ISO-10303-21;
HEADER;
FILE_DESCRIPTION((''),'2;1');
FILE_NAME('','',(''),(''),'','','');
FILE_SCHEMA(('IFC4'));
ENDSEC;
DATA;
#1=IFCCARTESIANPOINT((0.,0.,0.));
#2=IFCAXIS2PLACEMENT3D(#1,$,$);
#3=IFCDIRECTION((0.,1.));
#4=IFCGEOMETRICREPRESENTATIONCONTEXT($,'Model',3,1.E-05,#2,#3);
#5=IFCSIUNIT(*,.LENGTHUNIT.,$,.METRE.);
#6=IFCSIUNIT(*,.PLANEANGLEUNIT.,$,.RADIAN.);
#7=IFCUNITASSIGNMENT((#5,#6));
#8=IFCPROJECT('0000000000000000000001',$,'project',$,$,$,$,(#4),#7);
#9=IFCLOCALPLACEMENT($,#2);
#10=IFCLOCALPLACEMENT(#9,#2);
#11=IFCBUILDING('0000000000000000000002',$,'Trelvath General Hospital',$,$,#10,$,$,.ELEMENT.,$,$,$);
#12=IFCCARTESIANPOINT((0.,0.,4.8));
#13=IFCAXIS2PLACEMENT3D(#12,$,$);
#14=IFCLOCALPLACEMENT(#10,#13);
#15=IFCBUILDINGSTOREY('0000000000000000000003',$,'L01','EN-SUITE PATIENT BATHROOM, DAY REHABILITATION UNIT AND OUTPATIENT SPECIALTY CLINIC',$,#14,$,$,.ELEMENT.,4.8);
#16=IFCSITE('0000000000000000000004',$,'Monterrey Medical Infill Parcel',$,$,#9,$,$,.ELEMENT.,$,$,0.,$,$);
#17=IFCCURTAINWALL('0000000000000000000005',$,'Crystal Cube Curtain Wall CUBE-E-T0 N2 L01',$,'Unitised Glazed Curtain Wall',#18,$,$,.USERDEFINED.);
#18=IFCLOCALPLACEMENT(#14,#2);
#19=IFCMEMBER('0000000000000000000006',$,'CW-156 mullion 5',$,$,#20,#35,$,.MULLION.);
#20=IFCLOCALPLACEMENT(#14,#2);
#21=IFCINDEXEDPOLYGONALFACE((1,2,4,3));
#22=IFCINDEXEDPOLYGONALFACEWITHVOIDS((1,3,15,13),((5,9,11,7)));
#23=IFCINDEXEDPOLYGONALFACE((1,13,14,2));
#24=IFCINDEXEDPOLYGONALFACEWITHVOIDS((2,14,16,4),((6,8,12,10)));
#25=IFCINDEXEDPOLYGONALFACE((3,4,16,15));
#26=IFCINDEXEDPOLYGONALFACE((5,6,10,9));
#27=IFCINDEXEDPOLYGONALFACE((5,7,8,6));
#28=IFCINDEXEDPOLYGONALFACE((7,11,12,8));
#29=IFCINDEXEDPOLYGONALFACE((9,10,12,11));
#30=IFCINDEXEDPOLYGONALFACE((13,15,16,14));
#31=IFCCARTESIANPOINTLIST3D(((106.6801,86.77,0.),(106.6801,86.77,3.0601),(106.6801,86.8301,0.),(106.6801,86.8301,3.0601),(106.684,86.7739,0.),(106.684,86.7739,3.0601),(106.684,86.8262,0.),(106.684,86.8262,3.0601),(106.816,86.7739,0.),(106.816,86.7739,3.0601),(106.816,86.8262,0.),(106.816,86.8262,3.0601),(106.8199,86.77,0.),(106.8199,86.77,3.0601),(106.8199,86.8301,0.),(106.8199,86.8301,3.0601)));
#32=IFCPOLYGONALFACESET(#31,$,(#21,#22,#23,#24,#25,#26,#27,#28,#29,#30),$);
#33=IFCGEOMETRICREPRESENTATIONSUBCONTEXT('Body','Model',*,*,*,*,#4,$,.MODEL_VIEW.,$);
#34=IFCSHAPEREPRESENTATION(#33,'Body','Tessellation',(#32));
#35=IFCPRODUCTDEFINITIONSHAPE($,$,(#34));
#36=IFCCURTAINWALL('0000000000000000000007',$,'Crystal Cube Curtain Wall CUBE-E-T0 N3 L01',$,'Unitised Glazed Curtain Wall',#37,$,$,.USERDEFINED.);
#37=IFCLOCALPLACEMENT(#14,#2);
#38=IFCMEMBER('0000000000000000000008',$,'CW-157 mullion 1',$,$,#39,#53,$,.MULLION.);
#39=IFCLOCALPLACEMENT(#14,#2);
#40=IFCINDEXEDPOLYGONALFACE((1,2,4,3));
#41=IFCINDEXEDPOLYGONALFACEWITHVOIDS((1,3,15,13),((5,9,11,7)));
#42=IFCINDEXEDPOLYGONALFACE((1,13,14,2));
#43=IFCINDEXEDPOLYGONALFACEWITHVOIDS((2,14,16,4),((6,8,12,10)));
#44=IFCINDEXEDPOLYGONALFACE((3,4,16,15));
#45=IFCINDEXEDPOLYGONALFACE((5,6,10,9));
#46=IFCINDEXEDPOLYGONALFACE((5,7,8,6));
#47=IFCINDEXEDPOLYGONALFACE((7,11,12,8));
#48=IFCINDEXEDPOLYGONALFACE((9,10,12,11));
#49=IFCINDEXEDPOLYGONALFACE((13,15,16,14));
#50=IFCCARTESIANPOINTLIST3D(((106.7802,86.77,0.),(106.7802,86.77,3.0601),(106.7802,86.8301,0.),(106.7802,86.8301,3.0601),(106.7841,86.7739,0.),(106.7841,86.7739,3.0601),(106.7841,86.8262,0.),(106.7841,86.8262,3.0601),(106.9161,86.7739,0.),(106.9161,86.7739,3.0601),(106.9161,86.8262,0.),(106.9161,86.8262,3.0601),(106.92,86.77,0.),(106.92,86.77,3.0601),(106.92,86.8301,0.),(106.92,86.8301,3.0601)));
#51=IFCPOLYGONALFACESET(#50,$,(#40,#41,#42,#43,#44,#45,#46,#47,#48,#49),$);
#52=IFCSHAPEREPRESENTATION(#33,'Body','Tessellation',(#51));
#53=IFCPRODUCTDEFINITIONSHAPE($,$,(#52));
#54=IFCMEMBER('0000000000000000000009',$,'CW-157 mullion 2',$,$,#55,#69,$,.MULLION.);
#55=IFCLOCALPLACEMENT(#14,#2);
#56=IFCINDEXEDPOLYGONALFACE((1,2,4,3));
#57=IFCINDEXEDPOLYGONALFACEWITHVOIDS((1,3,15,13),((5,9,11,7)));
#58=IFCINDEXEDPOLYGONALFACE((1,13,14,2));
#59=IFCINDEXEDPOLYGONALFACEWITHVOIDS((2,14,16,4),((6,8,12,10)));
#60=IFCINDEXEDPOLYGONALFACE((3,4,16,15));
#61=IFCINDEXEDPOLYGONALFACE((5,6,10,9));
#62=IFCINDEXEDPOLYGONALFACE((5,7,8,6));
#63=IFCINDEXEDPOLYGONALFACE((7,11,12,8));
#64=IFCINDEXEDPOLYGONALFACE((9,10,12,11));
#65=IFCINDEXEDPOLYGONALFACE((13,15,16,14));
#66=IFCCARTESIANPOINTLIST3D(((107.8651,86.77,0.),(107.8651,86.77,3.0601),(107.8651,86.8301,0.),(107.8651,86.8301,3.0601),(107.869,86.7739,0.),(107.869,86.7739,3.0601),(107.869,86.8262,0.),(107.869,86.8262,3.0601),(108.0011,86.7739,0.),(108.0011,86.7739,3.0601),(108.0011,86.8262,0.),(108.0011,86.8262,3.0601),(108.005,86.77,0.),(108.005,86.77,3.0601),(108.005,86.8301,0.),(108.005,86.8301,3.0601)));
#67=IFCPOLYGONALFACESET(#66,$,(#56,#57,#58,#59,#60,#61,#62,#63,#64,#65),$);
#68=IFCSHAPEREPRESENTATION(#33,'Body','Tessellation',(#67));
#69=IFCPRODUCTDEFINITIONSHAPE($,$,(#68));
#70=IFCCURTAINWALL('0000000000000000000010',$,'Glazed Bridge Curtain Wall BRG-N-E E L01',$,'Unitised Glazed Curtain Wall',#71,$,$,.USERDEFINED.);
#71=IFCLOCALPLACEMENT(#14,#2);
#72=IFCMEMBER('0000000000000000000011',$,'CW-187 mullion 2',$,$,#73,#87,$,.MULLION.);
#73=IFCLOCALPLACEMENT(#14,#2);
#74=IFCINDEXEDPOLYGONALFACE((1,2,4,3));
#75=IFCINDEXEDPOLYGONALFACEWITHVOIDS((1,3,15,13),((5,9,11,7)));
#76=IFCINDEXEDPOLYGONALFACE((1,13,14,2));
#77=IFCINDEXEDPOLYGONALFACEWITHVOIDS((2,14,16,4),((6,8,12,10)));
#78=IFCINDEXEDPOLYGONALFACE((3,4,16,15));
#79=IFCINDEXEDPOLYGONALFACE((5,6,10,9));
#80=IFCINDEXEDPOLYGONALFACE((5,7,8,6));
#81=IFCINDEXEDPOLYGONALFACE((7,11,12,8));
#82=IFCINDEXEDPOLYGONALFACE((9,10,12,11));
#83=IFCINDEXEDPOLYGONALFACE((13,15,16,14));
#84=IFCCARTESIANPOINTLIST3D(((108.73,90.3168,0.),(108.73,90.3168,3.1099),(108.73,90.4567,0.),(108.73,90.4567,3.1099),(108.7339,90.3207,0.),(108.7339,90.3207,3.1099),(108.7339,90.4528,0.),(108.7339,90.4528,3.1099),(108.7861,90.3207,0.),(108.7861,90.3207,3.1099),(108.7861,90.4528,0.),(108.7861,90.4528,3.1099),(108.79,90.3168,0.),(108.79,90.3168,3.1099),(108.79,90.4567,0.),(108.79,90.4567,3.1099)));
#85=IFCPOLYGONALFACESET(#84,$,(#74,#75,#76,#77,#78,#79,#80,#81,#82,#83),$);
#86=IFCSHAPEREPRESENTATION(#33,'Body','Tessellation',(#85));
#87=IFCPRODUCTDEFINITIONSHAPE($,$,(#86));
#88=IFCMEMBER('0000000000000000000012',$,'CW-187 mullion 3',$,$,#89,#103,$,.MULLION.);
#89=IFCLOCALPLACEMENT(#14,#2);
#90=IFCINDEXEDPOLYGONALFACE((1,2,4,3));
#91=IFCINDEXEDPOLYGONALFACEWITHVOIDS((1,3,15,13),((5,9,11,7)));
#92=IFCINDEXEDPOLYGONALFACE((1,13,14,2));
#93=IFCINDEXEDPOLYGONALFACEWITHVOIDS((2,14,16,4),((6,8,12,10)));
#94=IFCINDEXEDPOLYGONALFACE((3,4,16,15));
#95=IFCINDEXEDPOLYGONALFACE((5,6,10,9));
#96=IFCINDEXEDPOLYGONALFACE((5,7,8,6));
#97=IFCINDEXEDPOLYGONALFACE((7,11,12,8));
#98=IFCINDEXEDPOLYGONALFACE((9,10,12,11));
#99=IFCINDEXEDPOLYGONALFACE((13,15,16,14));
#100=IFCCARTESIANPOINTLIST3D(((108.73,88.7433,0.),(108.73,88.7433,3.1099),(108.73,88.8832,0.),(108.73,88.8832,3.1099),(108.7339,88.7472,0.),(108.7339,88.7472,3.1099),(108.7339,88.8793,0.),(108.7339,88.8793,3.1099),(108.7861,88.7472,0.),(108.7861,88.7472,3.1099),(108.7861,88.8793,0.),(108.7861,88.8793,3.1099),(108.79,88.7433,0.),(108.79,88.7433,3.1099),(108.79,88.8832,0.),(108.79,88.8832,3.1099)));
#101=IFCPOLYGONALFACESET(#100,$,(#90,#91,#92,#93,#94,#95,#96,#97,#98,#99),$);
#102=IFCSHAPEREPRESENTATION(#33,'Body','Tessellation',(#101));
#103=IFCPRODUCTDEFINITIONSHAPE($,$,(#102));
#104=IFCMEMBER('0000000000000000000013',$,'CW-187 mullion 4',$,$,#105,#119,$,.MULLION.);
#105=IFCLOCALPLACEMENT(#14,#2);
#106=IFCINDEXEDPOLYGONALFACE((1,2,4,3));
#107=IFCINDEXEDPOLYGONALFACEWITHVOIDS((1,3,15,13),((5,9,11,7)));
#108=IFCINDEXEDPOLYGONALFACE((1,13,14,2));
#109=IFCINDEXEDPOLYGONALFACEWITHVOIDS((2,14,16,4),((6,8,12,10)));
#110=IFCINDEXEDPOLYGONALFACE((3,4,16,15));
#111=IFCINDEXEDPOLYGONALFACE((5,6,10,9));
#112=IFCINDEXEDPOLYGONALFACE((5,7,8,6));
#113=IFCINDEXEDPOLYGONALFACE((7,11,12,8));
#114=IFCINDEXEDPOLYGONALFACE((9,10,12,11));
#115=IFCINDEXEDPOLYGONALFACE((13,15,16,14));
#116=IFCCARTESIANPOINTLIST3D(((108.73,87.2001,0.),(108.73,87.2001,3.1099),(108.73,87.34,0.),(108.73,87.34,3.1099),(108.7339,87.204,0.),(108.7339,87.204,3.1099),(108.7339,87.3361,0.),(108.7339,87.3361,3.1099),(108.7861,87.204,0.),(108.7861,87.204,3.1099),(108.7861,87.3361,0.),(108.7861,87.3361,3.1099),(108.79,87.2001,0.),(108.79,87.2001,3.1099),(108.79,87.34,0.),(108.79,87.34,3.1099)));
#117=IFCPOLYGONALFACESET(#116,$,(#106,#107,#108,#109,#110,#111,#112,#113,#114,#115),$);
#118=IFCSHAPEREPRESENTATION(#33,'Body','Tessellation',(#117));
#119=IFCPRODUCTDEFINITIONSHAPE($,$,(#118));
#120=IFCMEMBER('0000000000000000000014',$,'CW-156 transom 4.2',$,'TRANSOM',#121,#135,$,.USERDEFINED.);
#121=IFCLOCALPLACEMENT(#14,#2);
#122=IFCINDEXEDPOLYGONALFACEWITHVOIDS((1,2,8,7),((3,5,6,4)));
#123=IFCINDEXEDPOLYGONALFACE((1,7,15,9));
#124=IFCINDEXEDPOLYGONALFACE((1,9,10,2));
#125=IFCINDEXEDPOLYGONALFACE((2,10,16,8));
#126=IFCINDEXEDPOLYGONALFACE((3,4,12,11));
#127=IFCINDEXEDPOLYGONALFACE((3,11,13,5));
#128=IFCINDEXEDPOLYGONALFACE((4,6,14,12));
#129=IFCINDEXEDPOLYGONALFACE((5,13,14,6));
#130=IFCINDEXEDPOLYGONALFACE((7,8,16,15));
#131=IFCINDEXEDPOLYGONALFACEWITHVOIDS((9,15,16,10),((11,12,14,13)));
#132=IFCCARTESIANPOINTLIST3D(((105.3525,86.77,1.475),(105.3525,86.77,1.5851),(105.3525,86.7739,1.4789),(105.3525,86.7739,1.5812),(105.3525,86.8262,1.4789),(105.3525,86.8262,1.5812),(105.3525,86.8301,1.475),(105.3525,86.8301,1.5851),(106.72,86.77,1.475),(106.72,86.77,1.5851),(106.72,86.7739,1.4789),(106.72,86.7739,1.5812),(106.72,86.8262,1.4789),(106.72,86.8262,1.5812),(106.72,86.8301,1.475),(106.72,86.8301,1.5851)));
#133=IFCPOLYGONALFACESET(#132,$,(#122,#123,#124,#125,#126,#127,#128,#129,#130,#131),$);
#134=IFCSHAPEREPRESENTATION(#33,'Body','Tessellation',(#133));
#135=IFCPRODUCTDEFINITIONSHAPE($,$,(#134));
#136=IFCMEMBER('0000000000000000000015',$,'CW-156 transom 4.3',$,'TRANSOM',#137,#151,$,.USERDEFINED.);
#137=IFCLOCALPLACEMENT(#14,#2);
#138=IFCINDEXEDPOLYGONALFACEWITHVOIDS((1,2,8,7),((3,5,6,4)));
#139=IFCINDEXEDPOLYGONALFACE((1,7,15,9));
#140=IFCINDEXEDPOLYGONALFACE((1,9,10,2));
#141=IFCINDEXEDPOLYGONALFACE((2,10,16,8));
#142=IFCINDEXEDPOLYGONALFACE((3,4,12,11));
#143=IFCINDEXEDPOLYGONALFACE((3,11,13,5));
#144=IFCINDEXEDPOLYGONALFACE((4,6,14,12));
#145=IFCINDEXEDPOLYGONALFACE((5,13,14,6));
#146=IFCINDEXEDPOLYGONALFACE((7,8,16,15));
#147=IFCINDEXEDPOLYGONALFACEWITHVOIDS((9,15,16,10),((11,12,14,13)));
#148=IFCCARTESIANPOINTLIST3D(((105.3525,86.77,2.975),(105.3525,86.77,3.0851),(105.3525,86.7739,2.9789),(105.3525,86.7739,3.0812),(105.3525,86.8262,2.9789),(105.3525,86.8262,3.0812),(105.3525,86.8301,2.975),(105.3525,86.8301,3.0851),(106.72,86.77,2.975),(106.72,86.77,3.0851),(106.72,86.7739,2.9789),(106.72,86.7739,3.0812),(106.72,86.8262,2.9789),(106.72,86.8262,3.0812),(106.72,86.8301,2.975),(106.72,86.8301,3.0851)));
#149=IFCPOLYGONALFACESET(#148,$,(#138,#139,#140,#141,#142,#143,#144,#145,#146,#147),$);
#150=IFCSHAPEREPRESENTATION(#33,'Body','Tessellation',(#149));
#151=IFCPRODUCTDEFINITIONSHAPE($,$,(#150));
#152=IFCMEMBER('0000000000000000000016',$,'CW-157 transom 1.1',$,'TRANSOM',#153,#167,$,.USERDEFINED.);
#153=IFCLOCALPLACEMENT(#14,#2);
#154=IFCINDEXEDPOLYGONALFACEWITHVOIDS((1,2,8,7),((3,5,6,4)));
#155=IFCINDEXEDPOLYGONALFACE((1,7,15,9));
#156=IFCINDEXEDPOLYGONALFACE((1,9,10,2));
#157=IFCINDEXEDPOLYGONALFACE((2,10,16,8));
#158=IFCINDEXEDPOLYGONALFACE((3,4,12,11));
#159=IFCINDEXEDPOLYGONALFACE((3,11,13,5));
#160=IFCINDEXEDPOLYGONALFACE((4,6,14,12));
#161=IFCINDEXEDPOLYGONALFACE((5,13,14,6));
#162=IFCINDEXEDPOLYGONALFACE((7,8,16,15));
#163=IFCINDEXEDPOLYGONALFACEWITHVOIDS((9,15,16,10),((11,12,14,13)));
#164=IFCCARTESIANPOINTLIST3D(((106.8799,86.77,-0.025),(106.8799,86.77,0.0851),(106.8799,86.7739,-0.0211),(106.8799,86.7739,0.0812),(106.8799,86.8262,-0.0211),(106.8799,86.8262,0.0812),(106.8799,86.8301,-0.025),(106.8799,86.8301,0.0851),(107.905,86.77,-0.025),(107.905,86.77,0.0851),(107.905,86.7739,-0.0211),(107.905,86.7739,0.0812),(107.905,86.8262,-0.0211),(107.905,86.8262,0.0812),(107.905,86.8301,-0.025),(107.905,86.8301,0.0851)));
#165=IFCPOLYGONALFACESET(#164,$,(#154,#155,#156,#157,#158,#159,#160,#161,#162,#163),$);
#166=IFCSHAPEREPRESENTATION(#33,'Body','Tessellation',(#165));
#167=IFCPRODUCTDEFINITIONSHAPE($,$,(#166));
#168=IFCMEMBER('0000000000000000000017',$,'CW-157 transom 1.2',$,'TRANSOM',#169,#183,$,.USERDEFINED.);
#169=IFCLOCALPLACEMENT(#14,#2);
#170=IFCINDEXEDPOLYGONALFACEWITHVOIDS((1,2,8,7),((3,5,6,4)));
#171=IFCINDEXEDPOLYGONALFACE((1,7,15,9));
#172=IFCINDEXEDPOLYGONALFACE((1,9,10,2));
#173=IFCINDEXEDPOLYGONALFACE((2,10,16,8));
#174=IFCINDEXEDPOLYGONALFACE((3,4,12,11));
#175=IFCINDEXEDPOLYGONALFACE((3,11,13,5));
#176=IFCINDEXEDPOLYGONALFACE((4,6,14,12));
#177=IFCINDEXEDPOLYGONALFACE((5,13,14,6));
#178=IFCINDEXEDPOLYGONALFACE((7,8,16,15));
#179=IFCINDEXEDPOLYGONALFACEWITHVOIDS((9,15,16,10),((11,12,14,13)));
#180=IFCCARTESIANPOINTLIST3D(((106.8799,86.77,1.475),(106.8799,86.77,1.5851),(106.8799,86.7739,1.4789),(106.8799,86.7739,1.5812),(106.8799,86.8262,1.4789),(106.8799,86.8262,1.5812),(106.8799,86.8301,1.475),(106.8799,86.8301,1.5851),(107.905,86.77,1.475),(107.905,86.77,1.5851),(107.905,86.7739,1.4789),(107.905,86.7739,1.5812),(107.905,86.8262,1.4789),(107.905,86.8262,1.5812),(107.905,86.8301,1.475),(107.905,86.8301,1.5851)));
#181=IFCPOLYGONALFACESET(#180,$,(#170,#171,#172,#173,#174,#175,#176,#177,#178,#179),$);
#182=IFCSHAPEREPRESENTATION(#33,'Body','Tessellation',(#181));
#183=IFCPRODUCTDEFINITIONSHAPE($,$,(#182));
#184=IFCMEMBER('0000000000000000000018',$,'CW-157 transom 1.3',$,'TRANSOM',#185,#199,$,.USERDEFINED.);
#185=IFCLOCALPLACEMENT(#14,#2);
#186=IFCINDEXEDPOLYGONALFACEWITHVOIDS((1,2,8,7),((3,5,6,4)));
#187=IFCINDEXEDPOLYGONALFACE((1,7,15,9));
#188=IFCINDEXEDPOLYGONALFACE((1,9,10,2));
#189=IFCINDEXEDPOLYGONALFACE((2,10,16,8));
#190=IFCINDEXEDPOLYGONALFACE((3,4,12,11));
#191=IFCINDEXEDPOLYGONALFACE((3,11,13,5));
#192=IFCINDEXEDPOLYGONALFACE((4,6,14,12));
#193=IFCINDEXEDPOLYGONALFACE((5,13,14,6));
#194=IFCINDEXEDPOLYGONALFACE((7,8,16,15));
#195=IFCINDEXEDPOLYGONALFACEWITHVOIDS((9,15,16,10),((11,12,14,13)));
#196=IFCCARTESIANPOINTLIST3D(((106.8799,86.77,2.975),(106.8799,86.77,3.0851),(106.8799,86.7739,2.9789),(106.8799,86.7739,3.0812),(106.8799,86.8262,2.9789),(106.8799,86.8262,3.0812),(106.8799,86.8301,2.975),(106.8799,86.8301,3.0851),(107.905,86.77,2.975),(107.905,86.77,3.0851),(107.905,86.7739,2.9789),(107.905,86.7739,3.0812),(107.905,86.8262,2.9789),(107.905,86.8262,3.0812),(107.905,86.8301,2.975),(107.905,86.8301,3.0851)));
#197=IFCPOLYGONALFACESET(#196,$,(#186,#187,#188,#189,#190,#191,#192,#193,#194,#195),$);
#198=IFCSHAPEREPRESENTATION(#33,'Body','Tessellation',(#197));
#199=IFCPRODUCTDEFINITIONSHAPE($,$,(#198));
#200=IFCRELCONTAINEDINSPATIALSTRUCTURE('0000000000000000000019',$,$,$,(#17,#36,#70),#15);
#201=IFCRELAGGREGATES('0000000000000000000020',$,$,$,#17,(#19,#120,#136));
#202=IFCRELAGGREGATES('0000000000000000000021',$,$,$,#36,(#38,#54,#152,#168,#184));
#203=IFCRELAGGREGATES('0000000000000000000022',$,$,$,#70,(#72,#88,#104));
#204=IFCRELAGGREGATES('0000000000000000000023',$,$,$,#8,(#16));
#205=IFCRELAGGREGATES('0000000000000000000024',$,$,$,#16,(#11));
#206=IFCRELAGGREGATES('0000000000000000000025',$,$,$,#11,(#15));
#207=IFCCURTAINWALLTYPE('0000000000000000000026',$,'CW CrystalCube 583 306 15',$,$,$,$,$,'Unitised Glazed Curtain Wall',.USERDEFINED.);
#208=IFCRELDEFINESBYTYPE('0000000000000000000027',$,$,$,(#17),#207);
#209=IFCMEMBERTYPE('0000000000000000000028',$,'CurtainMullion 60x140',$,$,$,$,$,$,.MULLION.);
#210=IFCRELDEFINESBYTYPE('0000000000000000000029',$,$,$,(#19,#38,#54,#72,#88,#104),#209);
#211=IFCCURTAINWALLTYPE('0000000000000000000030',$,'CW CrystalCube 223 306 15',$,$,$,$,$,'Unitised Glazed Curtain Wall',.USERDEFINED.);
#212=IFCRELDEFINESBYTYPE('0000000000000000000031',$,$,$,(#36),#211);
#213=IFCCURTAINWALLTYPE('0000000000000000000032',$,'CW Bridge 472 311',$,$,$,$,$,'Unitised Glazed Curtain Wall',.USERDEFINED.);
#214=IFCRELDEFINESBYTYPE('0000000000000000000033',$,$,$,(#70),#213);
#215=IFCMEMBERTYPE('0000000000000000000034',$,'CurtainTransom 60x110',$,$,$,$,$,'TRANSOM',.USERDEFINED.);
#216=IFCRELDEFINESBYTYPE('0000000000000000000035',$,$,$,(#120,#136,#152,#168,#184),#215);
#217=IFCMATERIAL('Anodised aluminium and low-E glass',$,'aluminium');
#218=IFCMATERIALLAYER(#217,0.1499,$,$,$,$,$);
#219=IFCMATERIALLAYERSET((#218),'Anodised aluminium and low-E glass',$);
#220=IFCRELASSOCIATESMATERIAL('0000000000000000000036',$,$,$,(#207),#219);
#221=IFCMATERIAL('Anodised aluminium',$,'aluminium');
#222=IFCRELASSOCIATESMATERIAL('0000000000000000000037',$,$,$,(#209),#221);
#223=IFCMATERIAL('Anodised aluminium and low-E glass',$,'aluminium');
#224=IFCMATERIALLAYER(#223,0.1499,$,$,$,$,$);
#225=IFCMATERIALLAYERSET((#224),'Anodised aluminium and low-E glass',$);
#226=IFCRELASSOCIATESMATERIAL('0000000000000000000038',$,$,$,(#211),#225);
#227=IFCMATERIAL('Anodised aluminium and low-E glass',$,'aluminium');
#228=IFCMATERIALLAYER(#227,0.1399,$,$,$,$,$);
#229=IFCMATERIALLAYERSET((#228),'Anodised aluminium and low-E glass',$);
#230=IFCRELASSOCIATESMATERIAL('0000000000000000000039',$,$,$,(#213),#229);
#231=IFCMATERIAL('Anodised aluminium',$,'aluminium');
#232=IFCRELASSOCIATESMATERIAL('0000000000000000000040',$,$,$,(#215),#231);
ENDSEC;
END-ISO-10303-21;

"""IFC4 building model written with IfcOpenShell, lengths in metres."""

from ifc_helpers import new_model, si_unit, direction, frame, origin, origin_2d, place, context, subcontext, project, spatial, hollow_rectangle, extrude, material, layer, layer_set, material_profile, profile_set, type_object, element, aggregate, save


model = new_model("IFC4")

# Units and contexts
model_context = context("Model", 3, precision=1e-05, world=origin(), true_north=direction((0.0, 1.0)))
body_context = subcontext(model_context, "Body", "Model", "MODEL_VIEW")
ifc_project = project(units=[si_unit("LENGTHUNIT", "METRE"), si_unit("PLANEANGLEUNIT", "RADIAN")], contexts=[model_context])

# Site, building, storey
site_placement = place(None, origin())
site = spatial("IfcSite", under=ifc_project, at=site_placement, Name="Monterrey Medical Infill Parcel", CompositionType="ELEMENT", RefElevation=0.0)
building_placement = place(site_placement, origin())
building = spatial("IfcBuilding", under=site, at=building_placement, Name="Trelvath General Hospital", CompositionType="ELEMENT")
storey_placement = place(building_placement, frame((0.0, 0.0, 4.8)))
storey = spatial("IfcBuildingStorey", under=building, at=storey_placement, Name="L01", Description="EN-SUITE PATIENT BATHROOM, DAY REHABILITATION UNIT AND OUTPATIENT SPECIALTY CLINIC", CompositionType="ELEMENT", Elevation=4.8)

# Curtain wall, member
ifc_material_1 = material(Name="Anodised aluminium and low-E glass", Category="aluminium")
ifc_layer_1 = layer(ifc_material_1, 0.1499)
ifc_layer_set_1 = layer_set([ifc_layer_1], Name="Anodised aluminium and low-E glass")
curtain_wall_type_1 = type_object("IfcCurtainWallType", Name="CW CrystalCube 583 306 15", ElementType="Unitised Glazed Curtain Wall", PredefinedType="USERDEFINED", material=ifc_layer_set_1)
curtain_wall_1_placement = place(storey_placement, origin())
curtain_wall_1 = element("IfcCurtainWall", 1, at=curtain_wall_1_placement, inside=storey, type_object=curtain_wall_type_1, Name="Crystal Cube Curtain Wall CUBE-E-T0 N2 L01", ObjectType="Unitised Glazed Curtain Wall", PredefinedType="USERDEFINED")
ifc_material_2 = material(Name="Anodised aluminium", Category="aluminium")
ifc_material_profile_1 = material_profile(ifc_material_2, hollow_rectangle(XDim=0.0601, YDim=0.1399, WallThickness=0.0039, at=origin_2d()), Name="RHS60x140x4")
ifc_profile_set_1 = profile_set([ifc_material_profile_1], Name="Anodised aluminium")
member_type_1 = type_object("IfcMemberType", Name="CurtainMullion 60x140", PredefinedType="MULLION", material=ifc_profile_set_1)
member_1_placement = place(storey_placement, frame((106.75, 86.8, 0.0), z_axis=(0.0, 0.0, 1.0), x_axis=(0.0, 1.0, 0.0)))
member_1 = element("IfcMember", 2, at=member_1_placement, type_object=member_type_1, Name="CW-156 mullion 5", PredefinedType="MULLION", context=body_context, shape_type="SweptSolid", body=[
    extrude(hollow_rectangle(XDim=0.0601, YDim=0.1399, WallThickness=0.0039, at=origin_2d()), origin(), (0.0, 0.0, 1.0), 3.0601),
])

# Curtain walls, members
ifc_material_3 = material(Name="Anodised aluminium and low-E glass", Category="aluminium")
ifc_layer_2 = layer(ifc_material_3, 0.1499)
ifc_layer_set_2 = layer_set([ifc_layer_2], Name="Anodised aluminium and low-E glass")
curtain_wall_type_2 = type_object("IfcCurtainWallType", Name="CW CrystalCube 223 306 15", ElementType="Unitised Glazed Curtain Wall", PredefinedType="USERDEFINED", material=ifc_layer_set_2)
curtain_wall_2_placement = place(storey_placement, origin())
curtain_wall_2 = element("IfcCurtainWall", 3, at=curtain_wall_2_placement, inside=storey, type_object=curtain_wall_type_2, Name="Crystal Cube Curtain Wall CUBE-E-T0 N3 L01", ObjectType="Unitised Glazed Curtain Wall", PredefinedType="USERDEFINED")
member_2_placement = place(storey_placement, frame((106.8501, 86.8, 0.0), z_axis=(0.0, 0.0, 1.0), x_axis=(0.0, 1.0, 0.0)))
member_2 = element("IfcMember", 4, at=member_2_placement, type_object=member_type_1, Name="CW-157 mullion 1", PredefinedType="MULLION", context=body_context, shape_type="SweptSolid", body=[
    extrude(hollow_rectangle(XDim=0.0601, YDim=0.1399, WallThickness=0.0039, at=origin_2d()), origin(), (0.0, 0.0, 1.0), 3.0601),
])
member_3_placement = place(storey_placement, frame((107.9351, 86.8, 0.0), z_axis=(0.0, 0.0, 1.0), x_axis=(0.0, 1.0, 0.0)))
member_3 = element("IfcMember", 5, at=member_3_placement, type_object=member_type_1, Name="CW-157 mullion 2", PredefinedType="MULLION", context=body_context, shape_type="SweptSolid", body=[
    extrude(hollow_rectangle(XDim=0.0601, YDim=0.1399, WallThickness=0.0039, at=origin_2d()), origin(), (0.0, 0.0, 1.0), 3.0601),
])
ifc_material_4 = material(Name="Anodised aluminium and low-E glass", Category="aluminium")
ifc_layer_3 = layer(ifc_material_4, 0.1399)
ifc_layer_set_3 = layer_set([ifc_layer_3], Name="Anodised aluminium and low-E glass")
curtain_wall_type_3 = type_object("IfcCurtainWallType", Name="CW Bridge 472 311", ElementType="Unitised Glazed Curtain Wall", PredefinedType="USERDEFINED", material=ifc_layer_set_3)
curtain_wall_3_placement = place(storey_placement, origin())
curtain_wall_3 = element("IfcCurtainWall", 6, at=curtain_wall_3_placement, inside=storey, type_object=curtain_wall_type_3, Name="Glazed Bridge Curtain Wall BRG-N-E E L01", ObjectType="Unitised Glazed Curtain Wall", PredefinedType="USERDEFINED")
member_4_placement = place(storey_placement, frame((108.76, 90.3867, 0.0), z_axis=(0.0, 0.0, 1.0), x_axis=(1.0, 0.0, 0.0)))
member_4 = element("IfcMember", 7, at=member_4_placement, type_object=member_type_1, Name="CW-187 mullion 2", PredefinedType="MULLION", context=body_context, shape_type="SweptSolid", body=[
    extrude(hollow_rectangle(XDim=0.0601, YDim=0.1399, WallThickness=0.0039, at=origin_2d()), origin(), (0.0, 0.0, 1.0), 3.1099),
])
member_5_placement = place(storey_placement, frame((108.76, 88.8132, 0.0), z_axis=(0.0, 0.0, 1.0), x_axis=(1.0, 0.0, 0.0)))
member_5 = element("IfcMember", 8, at=member_5_placement, type_object=member_type_1, Name="CW-187 mullion 3", PredefinedType="MULLION", context=body_context, shape_type="SweptSolid", body=[
    extrude(hollow_rectangle(XDim=0.0601, YDim=0.1399, WallThickness=0.0039, at=origin_2d()), origin(), (0.0, 0.0, 1.0), 3.1099),
])
member_6_placement = place(storey_placement, frame((108.76, 87.27, 0.0), z_axis=(0.0, 0.0, 1.0), x_axis=(1.0, 0.0, 0.0)))
member_6 = element("IfcMember", 9, at=member_6_placement, type_object=member_type_1, Name="CW-187 mullion 4", PredefinedType="MULLION", context=body_context, shape_type="SweptSolid", body=[
    extrude(hollow_rectangle(XDim=0.0601, YDim=0.1399, WallThickness=0.0039, at=origin_2d()), origin(), (0.0, 0.0, 1.0), 3.1099),
])

# Members
ifc_material_5 = material(Name="Anodised aluminium", Category="aluminium")
ifc_material_profile_2 = material_profile(ifc_material_5, hollow_rectangle(XDim=0.0601, YDim=0.1101, WallThickness=0.0039, at=origin_2d()), Name="RHS60x110x4")
ifc_profile_set_2 = profile_set([ifc_material_profile_2], Name="Anodised aluminium")
member_type_2 = type_object("IfcMemberType", Name="CurtainTransom 60x110", ElementType="TRANSOM", PredefinedType="USERDEFINED", material=ifc_profile_set_2)
member_7_placement = place(storey_placement, frame((105.3525, 86.8, 1.53), z_axis=(1.0, 0.0, 0.0), x_axis=(0.0, 1.0, 0.0)))
member_7 = element("IfcMember", 10, at=member_7_placement, type_object=member_type_2, Name="CW-156 transom 4.2", ObjectType="TRANSOM", PredefinedType="USERDEFINED", context=body_context, shape_type="SweptSolid", body=[
    extrude(hollow_rectangle(XDim=0.0601, YDim=0.1101, WallThickness=0.0039, at=origin_2d()), origin(), (0.0, 0.0, 1.0), 1.3674),
])
member_8_placement = place(storey_placement, frame((105.3525, 86.8, 3.03), z_axis=(1.0, 0.0, 0.0), x_axis=(0.0, 1.0, 0.0)))
member_8 = element("IfcMember", 11, at=member_8_placement, type_object=member_type_2, Name="CW-156 transom 4.3", ObjectType="TRANSOM", PredefinedType="USERDEFINED", context=body_context, shape_type="SweptSolid", body=[
    extrude(hollow_rectangle(XDim=0.0601, YDim=0.1101, WallThickness=0.0039, at=origin_2d()), origin(), (0.0, 0.0, 1.0), 1.3674),
])
member_9_placement = place(storey_placement, frame((106.8799, 86.8, 0.03), z_axis=(1.0, 0.0, 0.0), x_axis=(0.0, 1.0, 0.0)))
member_9 = element("IfcMember", 12, at=member_9_placement, type_object=member_type_2, Name="CW-157 transom 1.1", ObjectType="TRANSOM", PredefinedType="USERDEFINED", context=body_context, shape_type="SweptSolid", body=[
    extrude(hollow_rectangle(XDim=0.0601, YDim=0.1101, WallThickness=0.0039, at=origin_2d()), origin(), (0.0, 0.0, 1.0), 1.0251),
])
member_10_placement = place(storey_placement, frame((106.8799, 86.8, 1.53), z_axis=(1.0, 0.0, 0.0), x_axis=(0.0, 1.0, 0.0)))
member_10 = element("IfcMember", 13, at=member_10_placement, type_object=member_type_2, Name="CW-157 transom 1.2", ObjectType="TRANSOM", PredefinedType="USERDEFINED", context=body_context, shape_type="SweptSolid", body=[
    extrude(hollow_rectangle(XDim=0.0601, YDim=0.1101, WallThickness=0.0039, at=origin_2d()), origin(), (0.0, 0.0, 1.0), 1.0251),
])
member_11_placement = place(storey_placement, frame((106.8799, 86.8, 3.03), z_axis=(1.0, 0.0, 0.0), x_axis=(0.0, 1.0, 0.0)))
member_11 = element("IfcMember", 14, at=member_11_placement, type_object=member_type_2, Name="CW-157 transom 1.3", ObjectType="TRANSOM", PredefinedType="USERDEFINED", context=body_context, shape_type="SweptSolid", body=[
    extrude(hollow_rectangle(XDim=0.0601, YDim=0.1101, WallThickness=0.0039, at=origin_2d()), origin(), (0.0, 0.0, 1.0), 1.0251),
])

aggregate(curtain_wall_1, [member_1, member_7, member_8])
aggregate(curtain_wall_2, [member_2, member_3, member_9, member_10, member_11])
aggregate(curtain_wall_3, [member_4, member_5, member_6])

save(model, "model.ifc")
